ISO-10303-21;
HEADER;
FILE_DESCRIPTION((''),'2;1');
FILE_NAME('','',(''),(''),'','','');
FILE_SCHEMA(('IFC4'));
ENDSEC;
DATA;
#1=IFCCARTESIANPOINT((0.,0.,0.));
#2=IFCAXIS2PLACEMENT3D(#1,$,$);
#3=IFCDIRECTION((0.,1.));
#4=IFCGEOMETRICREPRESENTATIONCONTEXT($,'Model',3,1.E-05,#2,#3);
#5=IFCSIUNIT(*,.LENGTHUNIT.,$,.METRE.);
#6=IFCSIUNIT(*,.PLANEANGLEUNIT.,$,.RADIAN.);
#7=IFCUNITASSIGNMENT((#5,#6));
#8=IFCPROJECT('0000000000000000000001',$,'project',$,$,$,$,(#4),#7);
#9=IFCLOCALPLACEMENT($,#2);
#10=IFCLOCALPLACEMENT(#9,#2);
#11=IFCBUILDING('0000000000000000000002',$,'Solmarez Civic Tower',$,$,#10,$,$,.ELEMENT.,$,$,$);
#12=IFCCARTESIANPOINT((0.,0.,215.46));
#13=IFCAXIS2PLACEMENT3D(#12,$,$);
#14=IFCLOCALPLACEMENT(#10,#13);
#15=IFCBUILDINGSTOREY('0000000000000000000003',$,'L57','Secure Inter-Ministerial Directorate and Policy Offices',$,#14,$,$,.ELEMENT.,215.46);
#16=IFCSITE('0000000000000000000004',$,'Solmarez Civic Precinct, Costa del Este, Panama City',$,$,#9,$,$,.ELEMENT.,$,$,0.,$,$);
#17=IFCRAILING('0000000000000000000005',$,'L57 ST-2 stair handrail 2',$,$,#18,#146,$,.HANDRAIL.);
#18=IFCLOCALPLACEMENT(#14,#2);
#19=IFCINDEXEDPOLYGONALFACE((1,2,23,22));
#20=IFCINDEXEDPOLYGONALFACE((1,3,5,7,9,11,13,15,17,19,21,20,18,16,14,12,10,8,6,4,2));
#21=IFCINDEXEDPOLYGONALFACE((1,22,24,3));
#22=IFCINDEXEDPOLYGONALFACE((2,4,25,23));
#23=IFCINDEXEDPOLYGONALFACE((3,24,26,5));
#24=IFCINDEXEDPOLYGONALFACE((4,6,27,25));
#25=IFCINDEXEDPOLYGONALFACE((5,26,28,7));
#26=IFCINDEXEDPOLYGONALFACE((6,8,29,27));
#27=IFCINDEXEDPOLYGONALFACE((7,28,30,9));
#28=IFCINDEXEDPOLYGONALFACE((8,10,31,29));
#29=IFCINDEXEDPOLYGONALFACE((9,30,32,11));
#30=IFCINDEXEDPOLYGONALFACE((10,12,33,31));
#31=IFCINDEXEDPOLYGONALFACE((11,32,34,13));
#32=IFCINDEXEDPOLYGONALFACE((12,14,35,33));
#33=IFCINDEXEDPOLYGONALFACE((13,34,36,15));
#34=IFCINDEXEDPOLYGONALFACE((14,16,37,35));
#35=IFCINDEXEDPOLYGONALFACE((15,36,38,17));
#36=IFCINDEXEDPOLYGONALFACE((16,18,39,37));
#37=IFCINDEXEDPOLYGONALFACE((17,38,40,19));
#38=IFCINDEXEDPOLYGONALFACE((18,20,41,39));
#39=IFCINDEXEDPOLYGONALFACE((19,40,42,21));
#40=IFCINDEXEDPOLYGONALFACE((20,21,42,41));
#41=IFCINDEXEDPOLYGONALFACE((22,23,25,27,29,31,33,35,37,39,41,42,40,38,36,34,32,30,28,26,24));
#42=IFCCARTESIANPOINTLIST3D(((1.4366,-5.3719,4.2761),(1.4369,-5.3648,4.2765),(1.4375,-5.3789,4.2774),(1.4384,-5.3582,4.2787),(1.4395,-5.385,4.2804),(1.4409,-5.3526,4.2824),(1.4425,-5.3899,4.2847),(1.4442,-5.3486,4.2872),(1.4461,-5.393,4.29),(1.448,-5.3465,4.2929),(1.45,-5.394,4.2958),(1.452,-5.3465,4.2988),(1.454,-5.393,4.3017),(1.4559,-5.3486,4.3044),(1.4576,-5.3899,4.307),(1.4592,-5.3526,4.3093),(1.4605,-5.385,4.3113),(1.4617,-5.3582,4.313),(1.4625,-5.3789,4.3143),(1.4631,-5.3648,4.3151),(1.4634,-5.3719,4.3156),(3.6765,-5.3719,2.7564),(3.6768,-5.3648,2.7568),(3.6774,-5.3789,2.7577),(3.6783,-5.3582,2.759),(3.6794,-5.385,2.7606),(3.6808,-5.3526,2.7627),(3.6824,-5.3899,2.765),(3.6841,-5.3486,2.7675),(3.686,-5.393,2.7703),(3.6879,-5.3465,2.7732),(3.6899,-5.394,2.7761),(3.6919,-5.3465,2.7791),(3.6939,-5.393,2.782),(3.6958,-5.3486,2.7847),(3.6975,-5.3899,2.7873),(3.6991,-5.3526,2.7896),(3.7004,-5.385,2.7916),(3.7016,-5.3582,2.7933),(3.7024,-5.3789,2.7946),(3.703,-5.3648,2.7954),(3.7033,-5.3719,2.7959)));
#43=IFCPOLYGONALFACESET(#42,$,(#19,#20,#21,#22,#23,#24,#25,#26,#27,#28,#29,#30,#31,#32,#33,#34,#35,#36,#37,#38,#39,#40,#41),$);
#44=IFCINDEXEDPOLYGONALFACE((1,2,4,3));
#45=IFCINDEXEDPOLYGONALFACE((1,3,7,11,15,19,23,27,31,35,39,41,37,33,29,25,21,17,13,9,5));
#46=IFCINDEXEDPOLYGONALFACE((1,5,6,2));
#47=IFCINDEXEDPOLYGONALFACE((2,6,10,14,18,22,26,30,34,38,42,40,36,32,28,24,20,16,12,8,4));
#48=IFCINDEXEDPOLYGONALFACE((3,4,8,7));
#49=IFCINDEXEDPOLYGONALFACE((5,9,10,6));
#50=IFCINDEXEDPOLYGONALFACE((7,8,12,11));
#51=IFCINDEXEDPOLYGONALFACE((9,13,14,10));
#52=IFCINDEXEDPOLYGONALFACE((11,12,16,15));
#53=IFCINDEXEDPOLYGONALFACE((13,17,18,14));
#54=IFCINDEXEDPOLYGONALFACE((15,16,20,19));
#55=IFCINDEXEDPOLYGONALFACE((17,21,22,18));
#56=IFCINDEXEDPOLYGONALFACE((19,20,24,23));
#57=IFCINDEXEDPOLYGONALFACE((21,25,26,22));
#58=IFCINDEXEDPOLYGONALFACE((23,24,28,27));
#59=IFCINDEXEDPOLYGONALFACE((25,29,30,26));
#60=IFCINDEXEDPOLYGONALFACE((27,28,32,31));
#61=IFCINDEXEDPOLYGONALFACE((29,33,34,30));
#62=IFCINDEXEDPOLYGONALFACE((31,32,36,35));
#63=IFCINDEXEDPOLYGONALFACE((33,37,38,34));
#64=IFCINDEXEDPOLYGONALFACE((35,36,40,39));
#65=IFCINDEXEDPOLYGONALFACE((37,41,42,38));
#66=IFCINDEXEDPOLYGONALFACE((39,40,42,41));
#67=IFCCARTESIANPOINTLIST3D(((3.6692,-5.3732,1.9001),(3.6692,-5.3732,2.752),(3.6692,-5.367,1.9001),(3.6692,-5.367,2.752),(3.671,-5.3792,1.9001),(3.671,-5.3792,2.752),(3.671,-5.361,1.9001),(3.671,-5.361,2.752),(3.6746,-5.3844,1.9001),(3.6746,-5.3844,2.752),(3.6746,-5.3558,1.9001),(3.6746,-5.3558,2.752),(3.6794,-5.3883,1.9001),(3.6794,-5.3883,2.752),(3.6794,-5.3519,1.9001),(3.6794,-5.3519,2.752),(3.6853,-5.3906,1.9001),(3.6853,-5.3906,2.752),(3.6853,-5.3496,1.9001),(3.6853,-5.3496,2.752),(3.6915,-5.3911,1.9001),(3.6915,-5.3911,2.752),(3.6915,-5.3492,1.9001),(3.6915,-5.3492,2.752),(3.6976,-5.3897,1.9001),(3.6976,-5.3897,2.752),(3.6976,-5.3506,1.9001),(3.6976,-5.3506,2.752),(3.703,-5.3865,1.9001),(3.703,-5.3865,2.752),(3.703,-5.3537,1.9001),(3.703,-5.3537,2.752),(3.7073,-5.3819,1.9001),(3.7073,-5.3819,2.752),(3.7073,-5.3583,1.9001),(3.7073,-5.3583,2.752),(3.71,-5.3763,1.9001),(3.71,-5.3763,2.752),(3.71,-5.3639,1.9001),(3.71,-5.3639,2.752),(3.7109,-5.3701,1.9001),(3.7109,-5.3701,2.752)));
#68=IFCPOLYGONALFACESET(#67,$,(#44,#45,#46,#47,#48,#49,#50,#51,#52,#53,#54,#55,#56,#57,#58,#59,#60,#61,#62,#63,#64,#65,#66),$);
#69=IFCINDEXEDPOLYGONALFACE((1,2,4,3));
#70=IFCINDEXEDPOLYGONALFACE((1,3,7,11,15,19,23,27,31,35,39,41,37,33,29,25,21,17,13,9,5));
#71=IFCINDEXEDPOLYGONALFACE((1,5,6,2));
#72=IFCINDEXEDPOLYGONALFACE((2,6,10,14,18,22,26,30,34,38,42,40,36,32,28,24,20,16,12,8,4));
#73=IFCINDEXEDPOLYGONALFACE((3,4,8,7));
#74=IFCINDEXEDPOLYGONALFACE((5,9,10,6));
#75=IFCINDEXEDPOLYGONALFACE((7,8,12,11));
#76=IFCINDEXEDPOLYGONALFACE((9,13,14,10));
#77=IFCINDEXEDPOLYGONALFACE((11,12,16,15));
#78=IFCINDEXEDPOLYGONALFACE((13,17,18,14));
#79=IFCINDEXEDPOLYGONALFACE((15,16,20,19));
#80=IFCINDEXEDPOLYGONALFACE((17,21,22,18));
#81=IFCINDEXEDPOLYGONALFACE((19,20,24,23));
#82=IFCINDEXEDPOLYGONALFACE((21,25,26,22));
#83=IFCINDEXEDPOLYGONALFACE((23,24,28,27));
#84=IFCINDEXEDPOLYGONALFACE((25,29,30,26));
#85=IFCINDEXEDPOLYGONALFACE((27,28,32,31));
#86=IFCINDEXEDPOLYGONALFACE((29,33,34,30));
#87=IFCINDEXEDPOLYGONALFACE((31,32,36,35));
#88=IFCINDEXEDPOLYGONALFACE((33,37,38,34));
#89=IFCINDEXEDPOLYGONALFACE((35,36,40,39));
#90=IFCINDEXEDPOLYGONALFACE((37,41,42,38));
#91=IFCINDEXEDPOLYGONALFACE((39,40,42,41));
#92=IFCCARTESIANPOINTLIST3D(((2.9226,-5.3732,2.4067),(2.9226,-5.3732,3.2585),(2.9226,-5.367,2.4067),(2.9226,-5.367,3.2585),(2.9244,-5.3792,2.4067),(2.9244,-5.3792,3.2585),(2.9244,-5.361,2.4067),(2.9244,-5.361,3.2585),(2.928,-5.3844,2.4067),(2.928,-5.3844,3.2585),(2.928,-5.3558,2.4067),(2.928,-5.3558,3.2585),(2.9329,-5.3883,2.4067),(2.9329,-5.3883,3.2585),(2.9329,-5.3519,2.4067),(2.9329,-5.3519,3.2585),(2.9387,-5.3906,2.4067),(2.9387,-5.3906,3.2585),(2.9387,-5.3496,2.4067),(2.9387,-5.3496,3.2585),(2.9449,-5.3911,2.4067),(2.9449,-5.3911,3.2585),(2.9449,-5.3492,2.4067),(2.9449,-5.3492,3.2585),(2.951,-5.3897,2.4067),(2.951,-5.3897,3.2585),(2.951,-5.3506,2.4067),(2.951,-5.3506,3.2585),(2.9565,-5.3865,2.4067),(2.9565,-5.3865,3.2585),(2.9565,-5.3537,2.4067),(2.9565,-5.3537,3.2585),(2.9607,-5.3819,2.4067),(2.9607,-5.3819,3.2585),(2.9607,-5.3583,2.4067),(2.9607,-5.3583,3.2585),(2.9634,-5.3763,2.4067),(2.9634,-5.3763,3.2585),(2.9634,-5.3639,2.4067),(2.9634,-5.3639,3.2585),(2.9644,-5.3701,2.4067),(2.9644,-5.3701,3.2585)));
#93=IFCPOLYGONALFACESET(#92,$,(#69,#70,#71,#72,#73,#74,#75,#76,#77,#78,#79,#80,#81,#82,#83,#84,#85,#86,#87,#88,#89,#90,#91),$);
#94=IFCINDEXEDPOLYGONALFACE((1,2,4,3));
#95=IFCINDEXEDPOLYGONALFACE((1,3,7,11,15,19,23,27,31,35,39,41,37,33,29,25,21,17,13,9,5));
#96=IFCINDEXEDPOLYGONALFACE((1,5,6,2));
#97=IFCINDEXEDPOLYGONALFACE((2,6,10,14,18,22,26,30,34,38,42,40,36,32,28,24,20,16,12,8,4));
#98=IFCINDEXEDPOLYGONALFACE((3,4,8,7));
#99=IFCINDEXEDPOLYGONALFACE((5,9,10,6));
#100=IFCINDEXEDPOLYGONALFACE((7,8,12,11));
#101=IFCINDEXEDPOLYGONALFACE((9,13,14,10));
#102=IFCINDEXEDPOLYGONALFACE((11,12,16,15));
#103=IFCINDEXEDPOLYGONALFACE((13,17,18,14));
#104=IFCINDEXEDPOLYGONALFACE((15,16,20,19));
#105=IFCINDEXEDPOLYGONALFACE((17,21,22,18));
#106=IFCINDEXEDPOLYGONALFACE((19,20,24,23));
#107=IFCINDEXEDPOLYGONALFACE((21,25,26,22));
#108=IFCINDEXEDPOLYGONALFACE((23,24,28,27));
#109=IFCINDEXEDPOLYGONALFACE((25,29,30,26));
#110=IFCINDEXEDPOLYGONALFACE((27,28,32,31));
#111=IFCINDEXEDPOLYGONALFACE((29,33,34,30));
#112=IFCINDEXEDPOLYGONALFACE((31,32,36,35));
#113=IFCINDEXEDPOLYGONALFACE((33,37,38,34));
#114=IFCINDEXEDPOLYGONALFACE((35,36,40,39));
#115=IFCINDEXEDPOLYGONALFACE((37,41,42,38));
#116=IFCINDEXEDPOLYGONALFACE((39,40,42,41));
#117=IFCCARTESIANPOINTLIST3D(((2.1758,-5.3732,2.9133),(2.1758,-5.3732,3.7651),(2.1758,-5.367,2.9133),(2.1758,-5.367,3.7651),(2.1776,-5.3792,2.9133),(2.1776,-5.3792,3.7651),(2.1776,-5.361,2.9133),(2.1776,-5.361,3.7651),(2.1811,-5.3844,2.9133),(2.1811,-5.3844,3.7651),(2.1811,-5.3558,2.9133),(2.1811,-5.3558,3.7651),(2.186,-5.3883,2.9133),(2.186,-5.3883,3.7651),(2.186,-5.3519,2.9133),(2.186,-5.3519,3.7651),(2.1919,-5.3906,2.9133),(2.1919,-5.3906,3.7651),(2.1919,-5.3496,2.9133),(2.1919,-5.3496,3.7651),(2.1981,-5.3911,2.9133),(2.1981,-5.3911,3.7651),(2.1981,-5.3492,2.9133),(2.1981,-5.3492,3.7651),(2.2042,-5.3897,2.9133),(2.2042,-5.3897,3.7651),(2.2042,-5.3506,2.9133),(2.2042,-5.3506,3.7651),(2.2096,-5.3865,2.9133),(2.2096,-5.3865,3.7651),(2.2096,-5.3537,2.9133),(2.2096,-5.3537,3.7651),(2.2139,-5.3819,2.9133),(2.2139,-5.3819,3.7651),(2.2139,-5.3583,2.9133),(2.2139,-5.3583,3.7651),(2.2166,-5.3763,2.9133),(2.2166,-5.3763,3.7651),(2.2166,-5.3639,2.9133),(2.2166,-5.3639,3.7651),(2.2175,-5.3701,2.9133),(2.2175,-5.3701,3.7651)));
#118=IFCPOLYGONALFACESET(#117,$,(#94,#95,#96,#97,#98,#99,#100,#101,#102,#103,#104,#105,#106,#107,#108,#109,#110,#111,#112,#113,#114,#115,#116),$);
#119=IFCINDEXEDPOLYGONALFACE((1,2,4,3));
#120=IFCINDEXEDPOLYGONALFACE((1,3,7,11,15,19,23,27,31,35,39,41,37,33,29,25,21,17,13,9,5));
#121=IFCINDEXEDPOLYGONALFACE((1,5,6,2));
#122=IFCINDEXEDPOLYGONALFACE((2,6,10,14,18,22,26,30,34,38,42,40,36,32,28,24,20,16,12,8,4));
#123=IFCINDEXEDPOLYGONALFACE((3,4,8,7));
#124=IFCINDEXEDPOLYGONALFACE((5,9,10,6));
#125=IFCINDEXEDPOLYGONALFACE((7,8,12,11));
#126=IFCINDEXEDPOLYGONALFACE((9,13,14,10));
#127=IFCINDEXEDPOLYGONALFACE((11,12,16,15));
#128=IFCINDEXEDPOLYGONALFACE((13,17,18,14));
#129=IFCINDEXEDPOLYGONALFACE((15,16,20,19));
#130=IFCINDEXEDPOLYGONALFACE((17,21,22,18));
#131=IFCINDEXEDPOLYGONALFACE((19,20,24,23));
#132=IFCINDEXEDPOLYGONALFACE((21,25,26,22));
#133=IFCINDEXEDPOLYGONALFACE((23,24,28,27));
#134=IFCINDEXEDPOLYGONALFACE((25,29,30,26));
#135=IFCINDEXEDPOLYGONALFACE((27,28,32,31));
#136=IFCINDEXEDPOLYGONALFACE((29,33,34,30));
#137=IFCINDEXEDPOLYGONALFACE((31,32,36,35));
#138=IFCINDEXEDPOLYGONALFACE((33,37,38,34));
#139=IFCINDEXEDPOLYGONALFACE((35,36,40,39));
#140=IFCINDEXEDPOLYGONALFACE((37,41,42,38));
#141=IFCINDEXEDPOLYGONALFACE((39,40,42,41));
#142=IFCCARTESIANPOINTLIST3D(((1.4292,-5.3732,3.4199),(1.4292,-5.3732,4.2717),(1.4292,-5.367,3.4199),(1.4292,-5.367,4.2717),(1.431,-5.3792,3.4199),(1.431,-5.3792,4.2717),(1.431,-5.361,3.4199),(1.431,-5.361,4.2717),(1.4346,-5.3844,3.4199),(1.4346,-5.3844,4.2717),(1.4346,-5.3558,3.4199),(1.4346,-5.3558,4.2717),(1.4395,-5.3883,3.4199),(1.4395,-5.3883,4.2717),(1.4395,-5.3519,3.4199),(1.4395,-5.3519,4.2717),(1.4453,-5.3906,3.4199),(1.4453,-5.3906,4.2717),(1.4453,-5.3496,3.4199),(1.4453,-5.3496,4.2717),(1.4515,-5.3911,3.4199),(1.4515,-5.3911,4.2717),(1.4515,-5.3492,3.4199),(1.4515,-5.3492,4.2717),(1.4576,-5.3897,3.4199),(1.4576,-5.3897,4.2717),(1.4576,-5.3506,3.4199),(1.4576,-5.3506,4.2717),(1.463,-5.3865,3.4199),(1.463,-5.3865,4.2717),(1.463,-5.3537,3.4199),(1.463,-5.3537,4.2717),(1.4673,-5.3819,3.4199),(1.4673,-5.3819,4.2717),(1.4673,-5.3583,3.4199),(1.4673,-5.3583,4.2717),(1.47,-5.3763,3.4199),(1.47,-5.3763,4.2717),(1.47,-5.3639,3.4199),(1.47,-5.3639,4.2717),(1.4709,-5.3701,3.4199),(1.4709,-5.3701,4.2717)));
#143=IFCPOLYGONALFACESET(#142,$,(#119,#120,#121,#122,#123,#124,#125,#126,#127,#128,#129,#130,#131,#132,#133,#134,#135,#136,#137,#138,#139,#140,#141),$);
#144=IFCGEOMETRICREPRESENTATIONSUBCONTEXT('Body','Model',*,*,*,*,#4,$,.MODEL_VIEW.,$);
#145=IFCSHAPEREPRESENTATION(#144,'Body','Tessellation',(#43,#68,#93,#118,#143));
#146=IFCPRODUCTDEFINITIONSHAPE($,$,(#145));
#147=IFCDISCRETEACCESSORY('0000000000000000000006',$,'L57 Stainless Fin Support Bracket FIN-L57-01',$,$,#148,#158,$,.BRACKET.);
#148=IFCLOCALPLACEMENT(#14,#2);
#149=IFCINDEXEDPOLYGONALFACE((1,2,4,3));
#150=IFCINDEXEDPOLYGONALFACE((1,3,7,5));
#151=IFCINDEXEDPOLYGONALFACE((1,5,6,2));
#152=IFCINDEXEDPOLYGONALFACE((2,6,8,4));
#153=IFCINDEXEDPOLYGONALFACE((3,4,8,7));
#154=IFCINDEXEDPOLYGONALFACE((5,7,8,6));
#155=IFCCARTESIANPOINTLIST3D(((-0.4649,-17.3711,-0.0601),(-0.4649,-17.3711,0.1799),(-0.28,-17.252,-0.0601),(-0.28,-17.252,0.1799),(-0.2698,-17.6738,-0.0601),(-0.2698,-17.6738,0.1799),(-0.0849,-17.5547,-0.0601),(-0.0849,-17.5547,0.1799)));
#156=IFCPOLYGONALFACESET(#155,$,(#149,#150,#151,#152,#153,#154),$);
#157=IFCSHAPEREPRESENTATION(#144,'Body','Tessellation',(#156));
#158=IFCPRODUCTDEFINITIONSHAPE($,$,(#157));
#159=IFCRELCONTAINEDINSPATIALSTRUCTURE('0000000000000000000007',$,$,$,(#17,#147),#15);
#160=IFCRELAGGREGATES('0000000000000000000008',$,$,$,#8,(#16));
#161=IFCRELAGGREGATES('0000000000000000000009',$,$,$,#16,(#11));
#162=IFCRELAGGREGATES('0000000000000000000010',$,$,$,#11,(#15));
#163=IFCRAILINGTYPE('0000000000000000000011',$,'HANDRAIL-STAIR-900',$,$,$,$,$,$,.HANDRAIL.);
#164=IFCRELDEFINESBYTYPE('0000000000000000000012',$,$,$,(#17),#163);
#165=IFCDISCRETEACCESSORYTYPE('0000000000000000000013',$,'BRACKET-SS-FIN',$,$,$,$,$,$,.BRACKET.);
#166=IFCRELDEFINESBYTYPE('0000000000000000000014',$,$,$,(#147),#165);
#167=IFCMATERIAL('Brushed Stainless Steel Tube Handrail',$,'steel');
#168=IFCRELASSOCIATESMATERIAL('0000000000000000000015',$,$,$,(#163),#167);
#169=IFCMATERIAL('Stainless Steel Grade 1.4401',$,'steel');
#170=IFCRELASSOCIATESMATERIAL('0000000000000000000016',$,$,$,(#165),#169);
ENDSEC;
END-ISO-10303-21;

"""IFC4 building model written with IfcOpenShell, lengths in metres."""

from ifc_helpers import new_model, si_unit, direction, frame, origin, origin_2d, place, context, subcontext, project, spatial, rectangle, circle, extrude, material, type_object, element, save


model = new_model("IFC4")

# Units and contexts
model_context = context("Model", 3, precision=1e-05, world=origin(), true_north=direction((0.0, 1.0)))
body_context = subcontext(model_context, "Body", "Model", "MODEL_VIEW")
ifc_project = project(units=[si_unit("LENGTHUNIT", "METRE"), si_unit("PLANEANGLEUNIT", "RADIAN")], contexts=[model_context])

# Site, building, storey
site_placement = place(None, origin())
site = spatial("IfcSite", under=ifc_project, at=site_placement, Name="Solmarez Civic Precinct, Costa del Este, Panama City", CompositionType="ELEMENT", RefElevation=0.0)
building_placement = place(site_placement, origin())
building = spatial("IfcBuilding", under=site, at=building_placement, Name="Solmarez Civic Tower", CompositionType="ELEMENT")
storey_placement = place(building_placement, frame((0.0, 0.0, 215.46)))
storey = spatial("IfcBuildingStorey", under=building, at=storey_placement, Name="L57", Description="Secure Inter-Ministerial Directorate and Policy Offices", CompositionType="ELEMENT", Elevation=215.46)

# Railing
ifc_material_1 = material(Name="Brushed Stainless Steel Tube Handrail", Category="steel")
railing_type_1 = type_object("IfcRailingType", Name="HANDRAIL-STAIR-900", PredefinedType="HANDRAIL", material=ifc_material_1)
railing_1_placement = place(storey_placement, frame((3.6899, -5.3701, 1.9001)))
element("IfcRailing", 1, at=railing_1_placement, inside=storey, type_object=railing_type_1, Name="L57 ST-2 stair handrail 2", PredefinedType="HANDRAIL", context=body_context, shape_type="SweptSolid", body=[
    extrude(circle(Radius=0.0239, at=origin_2d()), frame((0.0, 0.0, 0.876), z_axis=(-0.827513, 0.0, 0.561446), x_axis=(0.0, -1.0, 0.0)), (0.0, 0.0, 1.0), 2.7068),
    extrude(circle(Radius=0.021, at=origin_2d()), origin(), (0.0, 0.0, 1.0), 0.8518),
    extrude(circle(Radius=0.021, at=origin_2d()), frame((-0.7466, 0.0, 0.5066)), (0.0, 0.0, 1.0), 0.8518),
    extrude(circle(Radius=0.021, at=origin_2d()), frame((-1.4934, 0.0, 1.0132)), (0.0, 0.0, 1.0), 0.8518),
    extrude(circle(Radius=0.021, at=origin_2d()), frame((-2.24, 0.0, 1.5198)), (0.0, 0.0, 1.0), 0.8518),
])

# Discrete accessory
ifc_material_2 = material(Name="Stainless Steel Grade 1.4401", Category="steel")
discrete_accessory_type = type_object("IfcDiscreteAccessoryType", Name="BRACKET-SS-FIN", PredefinedType="BRACKET", material=ifc_material_2)
discrete_accessory_placement = place(storey_placement, frame((-0.2749, -17.4629, -0.0601), z_axis=(0.0, 0.0, 1.0), x_axis=(0.541692, -0.840577, 0.0)))
element("IfcDiscreteAccessory", 2, at=discrete_accessory_placement, inside=storey, type_object=discrete_accessory_type, Name="L57 Stainless Fin Support Bracket FIN-L57-01", PredefinedType="BRACKET", context=body_context, shape_type="SweptSolid", body=[
    extrude(rectangle(XDim=0.3601, YDim=0.22, at=origin_2d()), origin(), (0.0, 0.0, 1.0), 0.24),
])

save(model, "model.ifc")
